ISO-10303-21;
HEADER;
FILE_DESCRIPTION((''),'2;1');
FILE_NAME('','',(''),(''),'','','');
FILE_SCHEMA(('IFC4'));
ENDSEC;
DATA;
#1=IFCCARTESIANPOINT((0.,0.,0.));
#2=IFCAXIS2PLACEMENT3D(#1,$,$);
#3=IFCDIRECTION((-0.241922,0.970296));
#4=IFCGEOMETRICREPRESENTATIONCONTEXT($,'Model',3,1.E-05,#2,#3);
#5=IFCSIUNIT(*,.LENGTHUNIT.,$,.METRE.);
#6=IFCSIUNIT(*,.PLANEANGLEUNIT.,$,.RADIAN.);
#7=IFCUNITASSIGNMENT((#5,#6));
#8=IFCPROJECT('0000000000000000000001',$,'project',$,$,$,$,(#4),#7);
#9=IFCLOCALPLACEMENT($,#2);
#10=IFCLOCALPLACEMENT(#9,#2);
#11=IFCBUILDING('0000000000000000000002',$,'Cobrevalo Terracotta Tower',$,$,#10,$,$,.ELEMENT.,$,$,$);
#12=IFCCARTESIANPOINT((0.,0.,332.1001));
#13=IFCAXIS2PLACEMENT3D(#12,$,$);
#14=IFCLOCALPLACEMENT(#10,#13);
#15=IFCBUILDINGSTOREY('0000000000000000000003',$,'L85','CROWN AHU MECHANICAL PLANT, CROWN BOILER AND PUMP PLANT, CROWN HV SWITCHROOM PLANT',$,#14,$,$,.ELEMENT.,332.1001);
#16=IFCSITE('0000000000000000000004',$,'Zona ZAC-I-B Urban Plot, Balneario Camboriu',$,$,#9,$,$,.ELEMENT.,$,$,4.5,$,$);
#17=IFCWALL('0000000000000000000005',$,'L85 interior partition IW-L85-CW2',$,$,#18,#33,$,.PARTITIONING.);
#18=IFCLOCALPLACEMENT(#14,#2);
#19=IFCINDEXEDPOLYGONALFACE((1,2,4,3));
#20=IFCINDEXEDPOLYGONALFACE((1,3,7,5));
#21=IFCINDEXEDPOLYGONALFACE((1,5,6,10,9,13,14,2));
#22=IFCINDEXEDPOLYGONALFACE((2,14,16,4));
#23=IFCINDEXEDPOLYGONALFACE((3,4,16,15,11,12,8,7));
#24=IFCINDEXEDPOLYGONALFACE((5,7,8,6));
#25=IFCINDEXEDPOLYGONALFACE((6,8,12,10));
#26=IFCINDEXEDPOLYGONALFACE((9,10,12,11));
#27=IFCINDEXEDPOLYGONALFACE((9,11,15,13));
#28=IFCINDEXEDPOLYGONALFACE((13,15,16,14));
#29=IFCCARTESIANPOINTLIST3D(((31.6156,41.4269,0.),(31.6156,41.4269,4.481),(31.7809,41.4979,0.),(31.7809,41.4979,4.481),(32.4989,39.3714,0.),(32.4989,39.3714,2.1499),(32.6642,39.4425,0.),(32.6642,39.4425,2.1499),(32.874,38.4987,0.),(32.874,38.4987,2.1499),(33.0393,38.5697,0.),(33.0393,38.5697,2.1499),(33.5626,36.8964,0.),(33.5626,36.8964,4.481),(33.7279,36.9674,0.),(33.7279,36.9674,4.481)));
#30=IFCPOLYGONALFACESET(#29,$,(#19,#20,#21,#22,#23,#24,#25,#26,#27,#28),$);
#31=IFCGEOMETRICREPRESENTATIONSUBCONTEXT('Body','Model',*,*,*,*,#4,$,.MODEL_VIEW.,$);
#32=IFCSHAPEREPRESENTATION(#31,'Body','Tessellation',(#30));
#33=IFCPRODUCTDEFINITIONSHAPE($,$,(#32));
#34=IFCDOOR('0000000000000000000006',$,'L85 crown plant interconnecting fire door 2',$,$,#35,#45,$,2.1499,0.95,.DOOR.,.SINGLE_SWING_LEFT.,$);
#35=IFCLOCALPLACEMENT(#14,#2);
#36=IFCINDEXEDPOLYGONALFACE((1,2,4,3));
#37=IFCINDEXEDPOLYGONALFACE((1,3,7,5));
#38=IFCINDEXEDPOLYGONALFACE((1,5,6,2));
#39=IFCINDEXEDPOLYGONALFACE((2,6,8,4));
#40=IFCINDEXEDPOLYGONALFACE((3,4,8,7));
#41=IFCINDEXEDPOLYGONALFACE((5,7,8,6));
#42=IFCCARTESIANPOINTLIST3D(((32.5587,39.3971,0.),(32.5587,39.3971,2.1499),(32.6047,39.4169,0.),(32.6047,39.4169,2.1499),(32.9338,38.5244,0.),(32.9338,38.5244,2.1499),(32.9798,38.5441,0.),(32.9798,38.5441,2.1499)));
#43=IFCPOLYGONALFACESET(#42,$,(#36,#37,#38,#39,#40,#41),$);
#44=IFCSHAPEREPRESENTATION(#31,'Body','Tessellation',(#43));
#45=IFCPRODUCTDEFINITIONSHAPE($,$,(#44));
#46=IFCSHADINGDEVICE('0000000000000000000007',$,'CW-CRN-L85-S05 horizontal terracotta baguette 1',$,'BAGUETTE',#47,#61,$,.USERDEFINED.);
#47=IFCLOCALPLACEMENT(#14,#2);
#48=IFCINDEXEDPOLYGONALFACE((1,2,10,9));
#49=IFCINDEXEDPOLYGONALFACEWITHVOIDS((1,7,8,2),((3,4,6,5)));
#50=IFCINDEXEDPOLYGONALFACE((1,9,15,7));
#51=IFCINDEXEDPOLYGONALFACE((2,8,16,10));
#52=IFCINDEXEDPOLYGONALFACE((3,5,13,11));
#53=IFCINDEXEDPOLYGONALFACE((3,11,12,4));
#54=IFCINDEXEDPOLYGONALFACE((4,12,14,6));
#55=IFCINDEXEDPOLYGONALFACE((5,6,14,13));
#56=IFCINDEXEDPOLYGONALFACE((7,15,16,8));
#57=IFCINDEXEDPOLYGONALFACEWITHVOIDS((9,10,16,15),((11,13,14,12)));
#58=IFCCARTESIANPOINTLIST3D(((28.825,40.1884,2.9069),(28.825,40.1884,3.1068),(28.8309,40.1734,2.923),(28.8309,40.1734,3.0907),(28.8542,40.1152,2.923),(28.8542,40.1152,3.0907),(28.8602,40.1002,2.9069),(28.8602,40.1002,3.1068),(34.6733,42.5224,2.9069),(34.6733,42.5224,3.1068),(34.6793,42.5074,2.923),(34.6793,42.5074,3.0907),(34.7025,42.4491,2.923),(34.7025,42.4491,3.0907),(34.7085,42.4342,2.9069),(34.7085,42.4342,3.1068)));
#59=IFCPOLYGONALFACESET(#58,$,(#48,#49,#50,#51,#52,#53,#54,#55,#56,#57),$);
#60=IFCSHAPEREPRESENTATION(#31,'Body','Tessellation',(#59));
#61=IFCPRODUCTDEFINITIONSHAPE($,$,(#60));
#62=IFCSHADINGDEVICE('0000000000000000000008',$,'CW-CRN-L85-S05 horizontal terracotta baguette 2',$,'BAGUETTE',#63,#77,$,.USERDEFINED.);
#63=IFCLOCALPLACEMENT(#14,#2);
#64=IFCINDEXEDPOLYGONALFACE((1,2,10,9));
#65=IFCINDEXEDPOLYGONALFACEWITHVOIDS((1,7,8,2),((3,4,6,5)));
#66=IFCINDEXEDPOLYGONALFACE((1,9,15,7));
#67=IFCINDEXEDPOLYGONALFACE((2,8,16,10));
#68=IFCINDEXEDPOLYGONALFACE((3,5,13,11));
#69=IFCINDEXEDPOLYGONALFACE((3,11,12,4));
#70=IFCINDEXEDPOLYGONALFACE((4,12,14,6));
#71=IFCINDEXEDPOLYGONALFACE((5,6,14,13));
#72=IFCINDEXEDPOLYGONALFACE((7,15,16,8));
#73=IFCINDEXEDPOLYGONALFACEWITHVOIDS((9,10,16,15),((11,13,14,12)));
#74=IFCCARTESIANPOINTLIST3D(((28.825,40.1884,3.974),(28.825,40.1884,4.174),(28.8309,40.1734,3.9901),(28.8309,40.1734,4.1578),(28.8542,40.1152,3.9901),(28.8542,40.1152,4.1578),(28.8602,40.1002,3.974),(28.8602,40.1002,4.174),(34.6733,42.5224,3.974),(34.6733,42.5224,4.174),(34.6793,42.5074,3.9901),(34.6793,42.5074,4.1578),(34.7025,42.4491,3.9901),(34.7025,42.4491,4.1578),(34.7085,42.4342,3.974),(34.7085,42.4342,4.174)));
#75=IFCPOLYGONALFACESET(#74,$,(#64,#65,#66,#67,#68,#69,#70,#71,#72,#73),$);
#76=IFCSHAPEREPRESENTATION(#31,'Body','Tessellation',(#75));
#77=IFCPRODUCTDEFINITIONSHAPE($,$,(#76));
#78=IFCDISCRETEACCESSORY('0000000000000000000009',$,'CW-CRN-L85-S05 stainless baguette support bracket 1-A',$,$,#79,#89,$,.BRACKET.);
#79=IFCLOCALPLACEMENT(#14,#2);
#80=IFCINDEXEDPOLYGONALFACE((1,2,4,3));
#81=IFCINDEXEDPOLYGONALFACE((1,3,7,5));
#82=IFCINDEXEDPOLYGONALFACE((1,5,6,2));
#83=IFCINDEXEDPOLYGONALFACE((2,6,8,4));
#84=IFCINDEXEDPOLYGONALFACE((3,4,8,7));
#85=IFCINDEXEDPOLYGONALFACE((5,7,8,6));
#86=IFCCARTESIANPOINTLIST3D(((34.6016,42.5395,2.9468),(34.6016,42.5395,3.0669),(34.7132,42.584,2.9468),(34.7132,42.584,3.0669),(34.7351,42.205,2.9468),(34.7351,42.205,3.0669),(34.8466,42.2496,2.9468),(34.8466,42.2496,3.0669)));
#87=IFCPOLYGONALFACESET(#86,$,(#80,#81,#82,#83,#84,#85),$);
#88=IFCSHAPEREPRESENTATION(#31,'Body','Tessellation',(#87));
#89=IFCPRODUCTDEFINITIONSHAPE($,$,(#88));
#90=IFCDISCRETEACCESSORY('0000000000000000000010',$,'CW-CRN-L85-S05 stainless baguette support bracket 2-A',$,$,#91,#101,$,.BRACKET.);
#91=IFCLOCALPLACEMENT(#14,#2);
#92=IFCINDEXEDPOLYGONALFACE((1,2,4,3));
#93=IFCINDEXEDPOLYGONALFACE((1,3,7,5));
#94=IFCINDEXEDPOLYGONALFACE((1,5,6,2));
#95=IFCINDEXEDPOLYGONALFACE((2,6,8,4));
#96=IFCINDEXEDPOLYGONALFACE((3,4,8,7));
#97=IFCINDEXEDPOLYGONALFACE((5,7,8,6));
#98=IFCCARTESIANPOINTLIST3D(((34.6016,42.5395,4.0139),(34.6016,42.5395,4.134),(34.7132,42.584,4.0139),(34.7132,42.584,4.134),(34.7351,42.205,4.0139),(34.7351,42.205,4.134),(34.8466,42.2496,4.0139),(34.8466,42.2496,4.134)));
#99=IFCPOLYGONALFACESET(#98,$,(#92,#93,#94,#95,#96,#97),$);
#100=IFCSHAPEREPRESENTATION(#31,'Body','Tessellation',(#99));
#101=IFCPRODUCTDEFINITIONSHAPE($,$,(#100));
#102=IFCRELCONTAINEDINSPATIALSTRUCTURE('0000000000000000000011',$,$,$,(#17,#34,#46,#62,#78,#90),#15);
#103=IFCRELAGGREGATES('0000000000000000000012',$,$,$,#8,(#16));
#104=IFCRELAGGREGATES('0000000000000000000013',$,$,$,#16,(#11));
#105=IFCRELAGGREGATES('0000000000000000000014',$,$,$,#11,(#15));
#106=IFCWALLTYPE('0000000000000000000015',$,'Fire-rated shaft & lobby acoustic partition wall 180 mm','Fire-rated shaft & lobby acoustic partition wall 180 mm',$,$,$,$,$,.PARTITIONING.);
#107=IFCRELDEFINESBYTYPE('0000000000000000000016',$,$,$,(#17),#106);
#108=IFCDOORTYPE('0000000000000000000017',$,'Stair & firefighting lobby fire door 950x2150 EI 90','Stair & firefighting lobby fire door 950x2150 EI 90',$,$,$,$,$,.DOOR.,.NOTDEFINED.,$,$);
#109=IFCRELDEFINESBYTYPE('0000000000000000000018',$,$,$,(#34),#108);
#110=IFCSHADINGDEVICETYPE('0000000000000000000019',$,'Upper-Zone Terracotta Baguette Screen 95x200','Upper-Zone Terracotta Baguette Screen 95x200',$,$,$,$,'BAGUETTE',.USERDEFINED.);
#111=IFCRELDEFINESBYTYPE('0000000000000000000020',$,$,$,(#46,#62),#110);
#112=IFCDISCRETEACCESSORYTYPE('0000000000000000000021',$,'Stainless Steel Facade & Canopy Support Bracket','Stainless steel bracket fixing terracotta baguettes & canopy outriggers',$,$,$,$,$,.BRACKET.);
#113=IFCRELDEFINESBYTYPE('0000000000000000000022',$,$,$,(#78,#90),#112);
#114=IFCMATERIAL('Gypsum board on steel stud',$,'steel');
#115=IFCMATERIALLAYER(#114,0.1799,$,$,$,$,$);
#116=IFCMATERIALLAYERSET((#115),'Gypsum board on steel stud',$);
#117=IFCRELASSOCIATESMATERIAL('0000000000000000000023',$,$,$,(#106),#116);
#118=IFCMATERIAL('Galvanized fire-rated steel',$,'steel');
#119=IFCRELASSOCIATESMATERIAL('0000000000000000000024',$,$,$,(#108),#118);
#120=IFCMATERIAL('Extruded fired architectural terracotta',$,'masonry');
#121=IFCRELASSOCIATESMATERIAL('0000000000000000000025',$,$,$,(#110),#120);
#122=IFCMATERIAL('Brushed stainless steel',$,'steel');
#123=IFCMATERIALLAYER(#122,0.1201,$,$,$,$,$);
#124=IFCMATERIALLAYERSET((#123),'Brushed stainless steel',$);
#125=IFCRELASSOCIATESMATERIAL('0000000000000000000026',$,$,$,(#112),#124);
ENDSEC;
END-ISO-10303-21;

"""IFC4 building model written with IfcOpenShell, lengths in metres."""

from ifc_helpers import new_model, si_unit, direction, frame, frame_2d, origin, origin_2d, place, context, subcontext, project, spatial, rectangle, hollow_rectangle, extrude, source, transform, mapped, material, layer, layer_set, material_profile, profile_set, type_object, element, fill, save


model = new_model("IFC4")

# Units and contexts
model_context = context("Model", 3, precision=1e-05, world=origin(), true_north=direction((-0.241922, 0.970296)))
body_context = subcontext(model_context, "Body", "Model", "MODEL_VIEW")
ifc_project = project(units=[si_unit("LENGTHUNIT", "METRE"), si_unit("PLANEANGLEUNIT", "RADIAN")], contexts=[model_context])

# Site, building, storey
site_placement = place(None, origin())
site = spatial("IfcSite", under=ifc_project, at=site_placement, Name="Zona ZAC-I-B Urban Plot, Balneario Camboriu", CompositionType="ELEMENT", RefElevation=4.5)
building_placement = place(site_placement, origin())
building = spatial("IfcBuilding", under=site, at=building_placement, Name="Cobrevalo Terracotta Tower", CompositionType="ELEMENT")
storey_placement = place(building_placement, frame((0.0, 0.0, 332.1001)))
storey = spatial("IfcBuildingStorey", under=building, at=storey_placement, Name="L85", Description="CROWN AHU MECHANICAL PLANT, CROWN BOILER AND PUMP PLANT, CROWN HV SWITCHROOM PLANT", CompositionType="ELEMENT", Elevation=332.1001)

# Wall, opening, door
ifc_material_1 = material(Name="Gypsum board on steel stud", Category="steel")
ifc_layer_1 = layer(ifc_material_1, 0.1799)
ifc_layer_set_1 = layer_set([ifc_layer_1], Name="Gypsum board on steel stud")
wall_type = type_object("IfcWallType", Name="Fire-rated shaft & lobby acoustic partition wall 180 mm", Description="Fire-rated shaft & lobby acoustic partition wall 180 mm", PredefinedType="PARTITIONING", material=ifc_layer_set_1)
wall_placement = place(storey_placement, frame((33.6453, 36.9319, 0.0), z_axis=(0.0, 0.0, 1.0), x_axis=(-0.394839, 0.91875, 0.0)))
wall = element("IfcWall", 1, at=wall_placement, inside=storey, type_object=wall_type, Name="L85 interior partition IW-L85-CW2", PredefinedType="PARTITIONING", context=body_context, shape_type="SweptSolid", body=[
    extrude(rectangle(XDim=4.9312, YDim=0.1799, at=frame_2d((2.4656, 0.0))), origin(), (0.0, 0.0, 1.0), 4.481),
])
opening_placement = place(wall_placement, frame((1.7439, 0.0, 0.0)))
opening = element("IfcOpeningElement", 2, at=opening_placement, cuts=wall, PredefinedType="OPENING", context=body_context, shape_type="SweptSolid", body=[
    extrude(rectangle(XDim=0.95, YDim=2.1499, at=frame_2d((0.4751, 1.075))), frame((0.0, 0.1001, 0.0), z_axis=(0.0, -1.0, 0.0), x_axis=(1.0, 0.0, 0.0)), (0.0, 0.0, 1.0), 0.2),
])
ifc_material_2 = material(Name="Galvanized fire-rated steel", Category="steel")
door_type = type_object("IfcDoorType", Name="Stair & firefighting lobby fire door 950x2150 EI 90", Description="Stair & firefighting lobby fire door 950x2150 EI 90", OperationType="NOTDEFINED", PredefinedType="DOOR", material=ifc_material_2)
shared_shape_1 = source(origin(), body_context, "Body", "SweptSolid", [
    extrude(rectangle(XDim=0.95, YDim=2.1499, at=frame_2d((0.4751, 1.075))), frame((0.0, 0.0249, 0.0), z_axis=(0.0, -1.0, 0.0), x_axis=(1.0, 0.0, 0.0)), (0.0, 0.0, 1.0), 0.05),
])
door_placement = place(opening_placement, origin())
door = element("IfcDoor", 3, at=door_placement, inside=storey, type_object=door_type, Name="L85 crown plant interconnecting fire door 2", OperationType="SINGLE_SWING_LEFT", OverallHeight=2.1499, OverallWidth=0.95, PredefinedType="DOOR", context=body_context, shape_type="MappedRepresentation", body=[
    mapped(shared_shape_1, transform((0.0, 0.0, 0.0), scale=1.0)),
])
fill(opening, door)

# Shading devices
ifc_material_3 = material(Name="Extruded fired architectural terracotta", Category="masonry")
ifc_material_profile_1 = material_profile(ifc_material_3, hollow_rectangle(XDim=0.095, YDim=0.2, WallThickness=0.0161, at=origin_2d()), Name="BAGUETTE 95x200")
ifc_profile_set_1 = profile_set([ifc_material_profile_1], Name="Extruded fired architectural terracotta")
shading_device_type = type_object("IfcShadingDeviceType", Name="Upper-Zone Terracotta Baguette Screen 95x200", Description="Upper-Zone Terracotta Baguette Screen 95x200", ElementType="BAGUETTE", PredefinedType="USERDEFINED", material=ifc_profile_set_1)
shared_shape_2 = source(origin(), body_context, "Body", "SweptSolid", [
    extrude(hollow_rectangle(XDim=0.095, YDim=0.2, WallThickness=0.0161, at=origin_2d()), origin(), (0.0, 0.0, 1.0), 6.2969),
])
for number, where, z_axis, x_axis, name in (
    (4, (34.6909, 42.4783, 3.0068), (-0.928771, -0.370655, 0.0), (0.370655, -0.928771, 0.0), "CW-CRN-L85-S05 horizontal terracotta baguette 1"),
    (5, (34.6909, 42.4783, 4.074), (-0.928771, -0.370655, 0.0), (0.370655, -0.928771, 0.0), "CW-CRN-L85-S05 horizontal terracotta baguette 2"),
):
    element("IfcShadingDevice", number, at=place(storey_placement, frame(where, z_axis=z_axis, x_axis=x_axis)), inside=storey, type_object=shading_device_type, Name=name, ObjectType="BAGUETTE", PredefinedType="USERDEFINED", context=body_context, shape_type="MappedRepresentation", body=[
        mapped(shared_shape_2, transform((0.0, 0.0, 0.0), scale=1.0)),
    ])

# Discrete accessories
ifc_material_4 = material(Name="Brushed stainless steel", Category="steel")
ifc_layer_2 = layer(ifc_material_4, 0.1201)
ifc_layer_set_2 = layer_set([ifc_layer_2], Name="Brushed stainless steel")
discrete_accessory_type = type_object("IfcDiscreteAccessoryType", Name="Stainless Steel Facade & Canopy Support Bracket", Description="Stainless steel bracket fixing terracotta baguettes & canopy outriggers", PredefinedType="BRACKET", material=ifc_layer_set_2)
shared_shape_3 = source(origin(), body_context, "Body", "SweptSolid", [
    extrude(rectangle(XDim=0.1201, YDim=0.3601, at=origin_2d()), origin(), (0.0, 0.0, 1.0), 0.1201),
])
for number, where, z_axis, x_axis, name in (
    (6, (34.7241, 42.3945, 2.9468), (0.0, 0.0, 1.0), (-0.928769, -0.37066, 0.0), "CW-CRN-L85-S05 stainless baguette support bracket 1-A"),
    (7, (34.7241, 42.3945, 4.0139), (0.0, 0.0, 1.0), (-0.928769, -0.37066, 0.0), "CW-CRN-L85-S05 stainless baguette support bracket 2-A"),
):
    element("IfcDiscreteAccessory", number, at=place(storey_placement, frame(where, z_axis=z_axis, x_axis=x_axis)), inside=storey, type_object=discrete_accessory_type, Name=name, PredefinedType="BRACKET", context=body_context, shape_type="MappedRepresentation", body=[
        mapped(shared_shape_3, transform((0.0, 0.0, 0.0), scale=1.0)),
    ])

save(model, "model.ifc")
